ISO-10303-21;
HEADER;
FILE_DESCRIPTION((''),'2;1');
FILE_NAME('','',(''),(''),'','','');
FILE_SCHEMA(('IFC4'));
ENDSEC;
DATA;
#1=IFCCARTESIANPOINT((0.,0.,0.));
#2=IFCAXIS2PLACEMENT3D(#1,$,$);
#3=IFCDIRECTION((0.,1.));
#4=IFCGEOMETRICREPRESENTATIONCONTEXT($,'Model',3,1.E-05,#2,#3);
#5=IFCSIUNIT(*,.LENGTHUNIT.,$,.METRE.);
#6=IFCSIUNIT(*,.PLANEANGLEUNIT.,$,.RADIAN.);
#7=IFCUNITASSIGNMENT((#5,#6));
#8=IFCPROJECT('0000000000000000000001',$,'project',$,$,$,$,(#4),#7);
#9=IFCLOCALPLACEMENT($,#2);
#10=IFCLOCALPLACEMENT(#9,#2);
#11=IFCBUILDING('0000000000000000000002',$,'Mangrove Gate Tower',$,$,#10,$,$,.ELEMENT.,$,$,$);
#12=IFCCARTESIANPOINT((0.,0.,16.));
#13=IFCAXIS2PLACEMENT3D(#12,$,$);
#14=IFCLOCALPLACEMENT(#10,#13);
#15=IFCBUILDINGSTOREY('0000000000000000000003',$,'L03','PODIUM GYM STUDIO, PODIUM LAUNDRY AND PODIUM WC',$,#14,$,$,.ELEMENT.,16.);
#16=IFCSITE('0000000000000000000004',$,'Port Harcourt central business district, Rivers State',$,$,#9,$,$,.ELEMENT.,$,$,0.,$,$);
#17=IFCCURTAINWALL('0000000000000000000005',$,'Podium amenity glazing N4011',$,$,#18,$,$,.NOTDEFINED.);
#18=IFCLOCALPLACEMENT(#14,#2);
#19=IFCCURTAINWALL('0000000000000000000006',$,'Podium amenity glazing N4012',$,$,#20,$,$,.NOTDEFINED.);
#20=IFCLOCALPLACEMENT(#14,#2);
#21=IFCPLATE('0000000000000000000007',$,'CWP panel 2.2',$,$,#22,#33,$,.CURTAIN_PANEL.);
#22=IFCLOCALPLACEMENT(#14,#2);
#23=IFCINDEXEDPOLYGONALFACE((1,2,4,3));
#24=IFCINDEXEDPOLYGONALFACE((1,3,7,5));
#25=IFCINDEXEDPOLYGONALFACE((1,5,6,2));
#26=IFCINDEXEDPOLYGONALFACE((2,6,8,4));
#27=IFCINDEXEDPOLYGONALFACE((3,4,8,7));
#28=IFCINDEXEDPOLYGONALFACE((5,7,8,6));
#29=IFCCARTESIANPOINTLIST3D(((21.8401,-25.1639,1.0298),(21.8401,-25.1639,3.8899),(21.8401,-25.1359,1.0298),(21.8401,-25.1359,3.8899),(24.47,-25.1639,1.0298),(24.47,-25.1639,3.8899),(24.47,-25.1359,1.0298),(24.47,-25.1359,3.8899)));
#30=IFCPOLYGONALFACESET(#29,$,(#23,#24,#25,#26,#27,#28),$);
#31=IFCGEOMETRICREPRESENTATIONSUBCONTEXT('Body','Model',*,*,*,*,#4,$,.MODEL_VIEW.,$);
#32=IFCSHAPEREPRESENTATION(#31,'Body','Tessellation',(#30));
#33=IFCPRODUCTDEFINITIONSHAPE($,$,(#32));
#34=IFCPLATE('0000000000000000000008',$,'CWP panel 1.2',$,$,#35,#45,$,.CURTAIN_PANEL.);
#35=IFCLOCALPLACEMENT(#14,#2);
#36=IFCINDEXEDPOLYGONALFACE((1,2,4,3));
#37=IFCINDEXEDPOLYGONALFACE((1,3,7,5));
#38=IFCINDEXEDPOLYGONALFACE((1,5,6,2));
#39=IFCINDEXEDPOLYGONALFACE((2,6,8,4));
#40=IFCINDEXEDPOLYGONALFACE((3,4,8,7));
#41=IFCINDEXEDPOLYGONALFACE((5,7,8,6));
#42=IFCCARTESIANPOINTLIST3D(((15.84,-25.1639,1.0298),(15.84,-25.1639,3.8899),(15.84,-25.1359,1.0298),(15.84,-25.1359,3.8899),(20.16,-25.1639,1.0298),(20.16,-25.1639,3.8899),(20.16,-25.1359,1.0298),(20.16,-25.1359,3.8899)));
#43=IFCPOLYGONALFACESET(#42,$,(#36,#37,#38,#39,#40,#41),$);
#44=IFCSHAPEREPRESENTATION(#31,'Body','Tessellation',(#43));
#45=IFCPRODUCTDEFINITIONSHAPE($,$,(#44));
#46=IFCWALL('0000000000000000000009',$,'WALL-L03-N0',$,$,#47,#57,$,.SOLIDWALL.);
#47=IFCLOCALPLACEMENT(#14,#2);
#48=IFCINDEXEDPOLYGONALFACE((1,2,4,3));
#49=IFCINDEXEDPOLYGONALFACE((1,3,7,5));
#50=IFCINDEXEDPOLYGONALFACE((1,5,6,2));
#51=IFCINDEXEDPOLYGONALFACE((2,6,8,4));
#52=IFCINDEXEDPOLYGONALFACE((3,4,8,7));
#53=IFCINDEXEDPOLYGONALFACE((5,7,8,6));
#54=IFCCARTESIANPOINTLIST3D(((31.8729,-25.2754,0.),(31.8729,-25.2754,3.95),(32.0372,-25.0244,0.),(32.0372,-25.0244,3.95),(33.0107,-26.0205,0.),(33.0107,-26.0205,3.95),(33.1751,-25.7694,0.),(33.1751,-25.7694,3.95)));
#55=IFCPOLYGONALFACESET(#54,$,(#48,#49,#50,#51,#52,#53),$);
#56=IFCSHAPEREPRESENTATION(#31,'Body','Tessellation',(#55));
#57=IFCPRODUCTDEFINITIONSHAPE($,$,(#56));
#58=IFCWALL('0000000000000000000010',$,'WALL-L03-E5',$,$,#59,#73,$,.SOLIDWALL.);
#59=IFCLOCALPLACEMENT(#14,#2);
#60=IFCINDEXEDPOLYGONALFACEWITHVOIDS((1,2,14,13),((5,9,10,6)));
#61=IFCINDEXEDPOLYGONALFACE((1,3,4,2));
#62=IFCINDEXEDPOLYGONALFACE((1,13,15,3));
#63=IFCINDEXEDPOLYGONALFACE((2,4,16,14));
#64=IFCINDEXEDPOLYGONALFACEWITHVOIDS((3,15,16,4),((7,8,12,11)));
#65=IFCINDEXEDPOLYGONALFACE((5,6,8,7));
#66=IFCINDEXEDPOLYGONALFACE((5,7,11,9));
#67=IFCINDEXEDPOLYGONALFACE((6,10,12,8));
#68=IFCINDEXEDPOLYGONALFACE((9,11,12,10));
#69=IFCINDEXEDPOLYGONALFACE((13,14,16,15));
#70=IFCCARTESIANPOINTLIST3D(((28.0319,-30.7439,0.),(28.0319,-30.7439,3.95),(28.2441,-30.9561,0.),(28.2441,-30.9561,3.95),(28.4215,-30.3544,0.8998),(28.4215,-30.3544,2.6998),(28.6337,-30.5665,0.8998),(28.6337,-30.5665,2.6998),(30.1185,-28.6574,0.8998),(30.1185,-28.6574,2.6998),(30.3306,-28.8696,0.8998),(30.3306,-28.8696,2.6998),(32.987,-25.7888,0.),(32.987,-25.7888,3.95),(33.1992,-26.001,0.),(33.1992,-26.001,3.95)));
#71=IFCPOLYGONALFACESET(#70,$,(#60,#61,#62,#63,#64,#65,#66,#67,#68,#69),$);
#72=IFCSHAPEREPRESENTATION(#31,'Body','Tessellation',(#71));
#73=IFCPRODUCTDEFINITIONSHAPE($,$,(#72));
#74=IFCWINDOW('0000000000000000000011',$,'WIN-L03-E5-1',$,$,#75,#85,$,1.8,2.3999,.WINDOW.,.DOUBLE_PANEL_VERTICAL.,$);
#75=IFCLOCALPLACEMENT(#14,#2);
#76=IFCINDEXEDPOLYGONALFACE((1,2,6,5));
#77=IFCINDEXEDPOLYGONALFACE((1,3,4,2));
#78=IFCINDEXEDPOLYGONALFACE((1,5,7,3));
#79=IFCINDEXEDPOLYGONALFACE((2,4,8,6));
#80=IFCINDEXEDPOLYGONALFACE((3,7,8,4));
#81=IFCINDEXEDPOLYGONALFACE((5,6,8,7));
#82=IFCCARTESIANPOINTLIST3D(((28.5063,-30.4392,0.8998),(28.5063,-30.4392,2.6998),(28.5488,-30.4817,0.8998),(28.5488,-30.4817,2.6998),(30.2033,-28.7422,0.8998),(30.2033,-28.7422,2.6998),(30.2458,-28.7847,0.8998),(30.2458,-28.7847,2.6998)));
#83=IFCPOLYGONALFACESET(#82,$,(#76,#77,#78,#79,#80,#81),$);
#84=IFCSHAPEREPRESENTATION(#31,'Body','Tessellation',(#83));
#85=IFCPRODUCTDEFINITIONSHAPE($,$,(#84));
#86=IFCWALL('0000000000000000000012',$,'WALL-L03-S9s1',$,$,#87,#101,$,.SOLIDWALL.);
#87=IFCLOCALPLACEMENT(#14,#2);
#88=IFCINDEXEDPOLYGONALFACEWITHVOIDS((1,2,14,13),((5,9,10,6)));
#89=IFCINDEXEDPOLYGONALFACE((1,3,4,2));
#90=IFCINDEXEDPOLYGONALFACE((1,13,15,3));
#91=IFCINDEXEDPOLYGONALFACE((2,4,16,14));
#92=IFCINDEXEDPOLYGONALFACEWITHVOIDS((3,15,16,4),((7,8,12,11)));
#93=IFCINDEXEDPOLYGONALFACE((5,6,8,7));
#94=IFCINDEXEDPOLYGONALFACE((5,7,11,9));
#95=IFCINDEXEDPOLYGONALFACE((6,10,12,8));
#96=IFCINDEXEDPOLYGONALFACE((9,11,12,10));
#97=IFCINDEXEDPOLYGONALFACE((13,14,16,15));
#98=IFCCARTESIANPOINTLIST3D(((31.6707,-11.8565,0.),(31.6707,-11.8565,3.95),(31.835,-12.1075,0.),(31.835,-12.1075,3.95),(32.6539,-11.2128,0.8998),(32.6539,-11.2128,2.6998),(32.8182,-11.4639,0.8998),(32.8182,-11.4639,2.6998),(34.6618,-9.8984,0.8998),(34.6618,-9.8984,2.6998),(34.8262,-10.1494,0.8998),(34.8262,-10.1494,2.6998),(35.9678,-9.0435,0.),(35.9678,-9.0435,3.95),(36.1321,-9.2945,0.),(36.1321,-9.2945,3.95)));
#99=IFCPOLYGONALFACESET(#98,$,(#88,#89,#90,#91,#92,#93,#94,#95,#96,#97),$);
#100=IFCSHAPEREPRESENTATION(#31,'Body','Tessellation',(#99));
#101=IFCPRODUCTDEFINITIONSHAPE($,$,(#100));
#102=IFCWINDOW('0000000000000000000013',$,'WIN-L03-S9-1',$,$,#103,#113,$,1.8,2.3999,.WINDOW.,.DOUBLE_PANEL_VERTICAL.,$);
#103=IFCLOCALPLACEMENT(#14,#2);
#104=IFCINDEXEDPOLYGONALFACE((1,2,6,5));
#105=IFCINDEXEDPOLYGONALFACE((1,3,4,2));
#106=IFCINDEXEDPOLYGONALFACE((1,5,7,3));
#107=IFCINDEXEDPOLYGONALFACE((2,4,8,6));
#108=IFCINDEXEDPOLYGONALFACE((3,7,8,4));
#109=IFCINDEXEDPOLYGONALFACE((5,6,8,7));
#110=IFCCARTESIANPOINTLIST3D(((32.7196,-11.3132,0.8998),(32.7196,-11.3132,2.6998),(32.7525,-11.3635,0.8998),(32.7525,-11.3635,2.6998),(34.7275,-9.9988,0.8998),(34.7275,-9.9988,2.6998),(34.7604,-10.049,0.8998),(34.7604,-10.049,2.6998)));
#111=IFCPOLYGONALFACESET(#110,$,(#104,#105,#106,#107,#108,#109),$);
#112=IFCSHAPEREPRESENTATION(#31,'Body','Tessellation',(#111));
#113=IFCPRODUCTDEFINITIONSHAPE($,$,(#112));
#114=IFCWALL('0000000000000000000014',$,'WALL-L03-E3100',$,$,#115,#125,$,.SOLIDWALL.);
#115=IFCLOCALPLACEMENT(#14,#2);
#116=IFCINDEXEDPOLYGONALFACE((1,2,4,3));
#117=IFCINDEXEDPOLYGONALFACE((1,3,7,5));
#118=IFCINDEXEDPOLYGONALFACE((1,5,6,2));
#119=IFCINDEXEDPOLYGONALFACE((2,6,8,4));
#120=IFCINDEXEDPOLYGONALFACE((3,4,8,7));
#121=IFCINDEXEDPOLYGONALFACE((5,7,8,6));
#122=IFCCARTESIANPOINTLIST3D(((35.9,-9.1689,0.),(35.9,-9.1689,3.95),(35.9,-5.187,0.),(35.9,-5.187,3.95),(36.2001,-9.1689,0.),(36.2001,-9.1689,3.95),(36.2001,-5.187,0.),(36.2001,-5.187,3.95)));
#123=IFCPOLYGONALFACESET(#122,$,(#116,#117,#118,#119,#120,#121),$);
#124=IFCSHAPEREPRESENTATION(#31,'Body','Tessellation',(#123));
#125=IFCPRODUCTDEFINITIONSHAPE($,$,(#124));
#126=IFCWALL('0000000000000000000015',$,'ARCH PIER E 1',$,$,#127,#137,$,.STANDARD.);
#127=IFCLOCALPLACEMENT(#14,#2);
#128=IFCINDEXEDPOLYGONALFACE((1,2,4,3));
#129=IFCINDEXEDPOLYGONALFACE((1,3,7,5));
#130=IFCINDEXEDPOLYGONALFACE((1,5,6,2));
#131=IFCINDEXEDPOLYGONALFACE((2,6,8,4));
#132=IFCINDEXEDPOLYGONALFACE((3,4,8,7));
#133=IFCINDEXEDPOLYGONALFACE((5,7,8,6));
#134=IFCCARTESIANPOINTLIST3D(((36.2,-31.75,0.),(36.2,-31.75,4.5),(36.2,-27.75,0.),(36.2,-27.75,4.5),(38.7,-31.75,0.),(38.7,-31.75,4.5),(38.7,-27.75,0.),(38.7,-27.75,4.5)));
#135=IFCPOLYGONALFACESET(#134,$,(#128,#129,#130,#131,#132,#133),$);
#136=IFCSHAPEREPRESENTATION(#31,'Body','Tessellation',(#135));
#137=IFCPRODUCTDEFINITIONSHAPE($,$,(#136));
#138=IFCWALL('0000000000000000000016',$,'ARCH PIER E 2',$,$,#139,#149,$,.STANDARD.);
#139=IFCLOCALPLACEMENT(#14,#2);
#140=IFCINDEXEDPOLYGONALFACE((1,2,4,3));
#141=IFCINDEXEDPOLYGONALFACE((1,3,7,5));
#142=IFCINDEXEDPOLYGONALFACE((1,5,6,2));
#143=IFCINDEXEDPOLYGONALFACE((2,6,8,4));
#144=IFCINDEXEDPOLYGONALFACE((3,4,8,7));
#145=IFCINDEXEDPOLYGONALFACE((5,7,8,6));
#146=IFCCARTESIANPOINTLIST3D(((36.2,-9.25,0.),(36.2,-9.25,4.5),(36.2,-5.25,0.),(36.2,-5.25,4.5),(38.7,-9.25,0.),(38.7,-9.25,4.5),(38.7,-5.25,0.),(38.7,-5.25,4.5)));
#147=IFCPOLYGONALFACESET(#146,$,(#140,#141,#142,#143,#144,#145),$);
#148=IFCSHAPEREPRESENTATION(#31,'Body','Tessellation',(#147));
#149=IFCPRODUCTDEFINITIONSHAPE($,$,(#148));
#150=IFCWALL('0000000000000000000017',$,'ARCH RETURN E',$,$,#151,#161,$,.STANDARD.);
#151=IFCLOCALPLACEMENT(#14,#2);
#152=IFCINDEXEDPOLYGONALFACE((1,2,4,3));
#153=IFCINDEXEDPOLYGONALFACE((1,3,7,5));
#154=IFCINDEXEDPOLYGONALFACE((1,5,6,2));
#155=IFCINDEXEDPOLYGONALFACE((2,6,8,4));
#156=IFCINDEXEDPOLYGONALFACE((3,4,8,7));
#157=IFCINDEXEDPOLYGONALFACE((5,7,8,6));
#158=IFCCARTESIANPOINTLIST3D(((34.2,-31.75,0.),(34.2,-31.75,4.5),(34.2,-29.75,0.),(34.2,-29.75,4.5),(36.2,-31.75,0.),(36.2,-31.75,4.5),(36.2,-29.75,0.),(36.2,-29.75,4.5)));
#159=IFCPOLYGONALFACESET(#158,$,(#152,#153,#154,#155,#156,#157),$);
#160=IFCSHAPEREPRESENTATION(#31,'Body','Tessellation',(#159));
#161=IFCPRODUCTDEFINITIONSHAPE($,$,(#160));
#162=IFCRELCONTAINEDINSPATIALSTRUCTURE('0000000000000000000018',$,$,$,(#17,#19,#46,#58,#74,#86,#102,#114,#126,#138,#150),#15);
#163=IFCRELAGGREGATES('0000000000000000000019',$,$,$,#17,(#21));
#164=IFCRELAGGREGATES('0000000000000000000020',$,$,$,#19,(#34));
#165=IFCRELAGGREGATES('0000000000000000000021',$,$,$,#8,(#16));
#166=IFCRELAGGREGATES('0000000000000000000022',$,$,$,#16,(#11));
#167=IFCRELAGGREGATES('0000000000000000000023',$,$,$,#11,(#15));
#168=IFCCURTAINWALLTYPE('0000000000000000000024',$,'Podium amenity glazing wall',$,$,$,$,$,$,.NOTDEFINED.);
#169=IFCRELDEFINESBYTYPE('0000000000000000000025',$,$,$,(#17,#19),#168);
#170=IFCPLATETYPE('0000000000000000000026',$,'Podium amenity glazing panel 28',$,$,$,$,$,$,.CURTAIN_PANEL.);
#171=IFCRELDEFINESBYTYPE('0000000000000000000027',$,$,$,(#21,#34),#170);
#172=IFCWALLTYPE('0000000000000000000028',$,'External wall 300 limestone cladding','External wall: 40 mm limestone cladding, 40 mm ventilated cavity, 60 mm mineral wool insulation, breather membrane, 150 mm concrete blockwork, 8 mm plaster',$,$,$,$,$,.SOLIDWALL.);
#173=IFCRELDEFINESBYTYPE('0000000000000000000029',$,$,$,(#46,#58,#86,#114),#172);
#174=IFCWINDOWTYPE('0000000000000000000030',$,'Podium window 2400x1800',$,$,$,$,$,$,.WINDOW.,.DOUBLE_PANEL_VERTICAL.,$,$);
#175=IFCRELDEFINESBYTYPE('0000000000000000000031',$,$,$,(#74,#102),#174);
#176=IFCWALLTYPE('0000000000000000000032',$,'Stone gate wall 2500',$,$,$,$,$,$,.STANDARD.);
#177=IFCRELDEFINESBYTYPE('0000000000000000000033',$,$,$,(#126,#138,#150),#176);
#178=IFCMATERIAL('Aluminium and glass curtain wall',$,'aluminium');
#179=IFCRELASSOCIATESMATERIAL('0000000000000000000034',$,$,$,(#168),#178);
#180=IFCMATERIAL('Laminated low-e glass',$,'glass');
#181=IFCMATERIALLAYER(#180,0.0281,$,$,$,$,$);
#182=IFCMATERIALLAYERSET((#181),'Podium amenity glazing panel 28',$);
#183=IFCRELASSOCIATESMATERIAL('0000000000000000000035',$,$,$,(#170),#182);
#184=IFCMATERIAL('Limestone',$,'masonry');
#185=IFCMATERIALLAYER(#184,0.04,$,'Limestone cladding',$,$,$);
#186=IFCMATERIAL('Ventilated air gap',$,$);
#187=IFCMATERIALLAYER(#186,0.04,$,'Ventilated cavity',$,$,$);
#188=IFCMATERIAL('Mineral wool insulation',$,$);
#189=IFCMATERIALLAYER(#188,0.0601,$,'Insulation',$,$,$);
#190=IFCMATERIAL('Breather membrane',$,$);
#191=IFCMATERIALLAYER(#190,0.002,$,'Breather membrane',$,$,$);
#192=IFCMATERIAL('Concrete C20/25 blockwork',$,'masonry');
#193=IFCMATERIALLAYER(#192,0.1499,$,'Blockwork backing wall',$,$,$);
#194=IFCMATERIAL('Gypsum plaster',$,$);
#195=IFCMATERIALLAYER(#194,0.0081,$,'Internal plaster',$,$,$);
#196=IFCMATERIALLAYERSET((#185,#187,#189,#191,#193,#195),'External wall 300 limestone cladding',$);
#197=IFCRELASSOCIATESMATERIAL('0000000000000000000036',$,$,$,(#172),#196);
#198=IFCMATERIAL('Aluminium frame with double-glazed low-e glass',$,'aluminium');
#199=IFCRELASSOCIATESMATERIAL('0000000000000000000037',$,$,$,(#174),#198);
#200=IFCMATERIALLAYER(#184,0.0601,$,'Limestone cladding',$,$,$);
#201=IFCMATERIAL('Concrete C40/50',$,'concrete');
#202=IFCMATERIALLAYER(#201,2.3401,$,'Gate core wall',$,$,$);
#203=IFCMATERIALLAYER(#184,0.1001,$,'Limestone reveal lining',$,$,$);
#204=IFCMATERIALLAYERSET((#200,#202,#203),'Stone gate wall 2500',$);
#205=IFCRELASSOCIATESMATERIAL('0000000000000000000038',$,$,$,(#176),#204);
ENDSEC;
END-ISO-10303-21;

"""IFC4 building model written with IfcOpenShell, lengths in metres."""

from ifc_helpers import new_model, si_unit, direction, frame, frame_2d, origin, origin_2d, place, context, subcontext, project, spatial, rectangle, extrude, material, layer, layer_set, type_object, element, fill, aggregate, save


model = new_model("IFC4")

# Units and contexts
model_context = context("Model", 3, precision=1e-05, world=origin(), true_north=direction((0.0, 1.0)))
body_context = subcontext(model_context, "Body", "Model", "MODEL_VIEW")
ifc_project = project(units=[si_unit("LENGTHUNIT", "METRE"), si_unit("PLANEANGLEUNIT", "RADIAN")], contexts=[model_context])

# Site, building, storey
site_placement = place(None, origin())
site = spatial("IfcSite", under=ifc_project, at=site_placement, Name="Port Harcourt central business district, Rivers State", CompositionType="ELEMENT", RefElevation=0.0)
building_placement = place(site_placement, origin())
building = spatial("IfcBuilding", under=site, at=building_placement, Name="Mangrove Gate Tower", CompositionType="ELEMENT")
storey_placement = place(building_placement, frame((0.0, 0.0, 16.0)))
storey = spatial("IfcBuildingStorey", under=building, at=storey_placement, Name="L03", Description="PODIUM GYM STUDIO, PODIUM LAUNDRY AND PODIUM WC", CompositionType="ELEMENT", Elevation=16.0)

# Curtain wall
ifc_material_1 = material(Name="Aluminium and glass curtain wall", Category="aluminium")
curtain_wall_type = type_object("IfcCurtainWallType", Name="Podium amenity glazing wall", PredefinedType="NOTDEFINED", material=ifc_material_1)
curtain_wall_1_placement = place(storey_placement, origin())
curtain_wall_1 = element("IfcCurtainWall", 1, at=curtain_wall_1_placement, inside=storey, type_object=curtain_wall_type, Name="Podium amenity glazing N4011", PredefinedType="NOTDEFINED")

# Curtain wall
curtain_wall_2_placement = place(storey_placement, origin())
curtain_wall_2 = element("IfcCurtainWall", 2, at=curtain_wall_2_placement, inside=storey, type_object=curtain_wall_type, Name="Podium amenity glazing N4012", PredefinedType="NOTDEFINED")

# Plates
ifc_material_2 = material(Name="Laminated low-e glass", Category="glass")
ifc_layer_1 = layer(ifc_material_2, 0.0281)
ifc_layer_set_1 = layer_set([ifc_layer_1], Name="Podium amenity glazing panel 28")
plate_type_1 = type_object("IfcPlateType", Name="Podium amenity glazing panel 28", PredefinedType="CURTAIN_PANEL", material=ifc_layer_set_1)
plate_1_placement = place(storey_placement, frame((23.155, -25.1499, 1.0298), z_axis=(0.0, 0.0, 1.0), x_axis=(-1.0, 0.0, 0.0)))
plate_1 = element("IfcPlate", 3, at=plate_1_placement, type_object=plate_type_1, Name="CWP panel 2.2", PredefinedType="CURTAIN_PANEL", context=body_context, shape_type="SweptSolid", body=[
    extrude(rectangle(XDim=2.6299, YDim=0.0281, at=origin_2d()), origin(), (0.0, 0.0, 1.0), 2.8601),
])
aggregate(curtain_wall_1, [plate_1])
plate_2_placement = place(storey_placement, frame((18.0, -25.1499, 1.0298), z_axis=(0.0, 0.0, 1.0), x_axis=(-1.0, 0.0, 0.0)))
plate_2 = element("IfcPlate", 4, at=plate_2_placement, type_object=plate_type_1, Name="CWP panel 1.2", PredefinedType="CURTAIN_PANEL", context=body_context, shape_type="SweptSolid", body=[
    extrude(rectangle(XDim=4.3201, YDim=0.0281, at=origin_2d()), origin(), (0.0, 0.0, 1.0), 2.8601),
])
aggregate(curtain_wall_2, [plate_2])

# Wall
ifc_material_3 = material(Name="Limestone", Category="masonry")
ifc_layer_2 = layer(ifc_material_3, 0.04, Name="Limestone cladding")
ifc_material_4 = material(Name="Ventilated air gap")
ifc_layer_3 = layer(ifc_material_4, 0.04, Name="Ventilated cavity")
ifc_material_5 = material(Name="Mineral wool insulation")
ifc_layer_4 = layer(ifc_material_5, 0.0601, Name="Insulation")
ifc_material_6 = material(Name="Breather membrane")
ifc_layer_5 = layer(ifc_material_6, 0.002, Name="Breather membrane")
ifc_material_7 = material(Name="Concrete C20/25 blockwork", Category="masonry")
ifc_layer_6 = layer(ifc_material_7, 0.1499, Name="Blockwork backing wall")
ifc_material_8 = material(Name="Gypsum plaster")
ifc_layer_7 = layer(ifc_material_8, 0.0081, Name="Internal plaster")
ifc_layer_set_2 = layer_set([ifc_layer_2, ifc_layer_3, ifc_layer_4, ifc_layer_5, ifc_layer_6, ifc_layer_7], Name="External wall 300 limestone cladding")
wall_type_1 = type_object("IfcWallType", Name="External wall 300 limestone cladding", Description="External wall: 40 mm limestone cladding, 40 mm ventilated cavity, 60 mm mineral wool insulation, breather membrane, 150 mm concrete blockwork, 8 mm plaster", PredefinedType="SOLIDWALL", material=ifc_layer_set_2)
wall_1_placement = place(storey_placement, frame((33.093, -25.895, 0.0), z_axis=(0.0, 0.0, 1.0), x_axis=(-0.836606, 0.547805, 0.0)))
element("IfcWall", 5, at=wall_1_placement, inside=storey, type_object=wall_type_1, Name="WALL-L03-N0", PredefinedType="SOLIDWALL", context=body_context, shape_type="SweptSolid", body=[
    extrude(rectangle(XDim=1.3601, YDim=0.3, at=frame_2d((0.6802, 0.0))), origin(), (0.0, 0.0, 1.0), 3.95),
])

# Walls, openings, windows
wall_2_placement = place(storey_placement, frame((28.1379, -30.8501, 0.0), z_axis=(0.0, 0.0, 1.0), x_axis=(0.707107, 0.707107, 0.0)))
wall_2 = element("IfcWall", 6, at=wall_2_placement, inside=storey, type_object=wall_type_1, Name="WALL-L03-E5", PredefinedType="SOLIDWALL", context=body_context, shape_type="SweptSolid", body=[
    extrude(rectangle(XDim=7.0076, YDim=0.3, at=frame_2d((3.5039, 0.0))), origin(), (0.0, 0.0, 1.0), 3.95),
])
opening_1_placement = place(wall_2_placement, frame((0.551, 0.0, 0.8999)))
opening_1 = element("IfcOpeningElement", 7, at=opening_1_placement, cuts=wall_2, PredefinedType="OPENING", context=body_context, shape_type="SweptSolid", body=[
    extrude(rectangle(XDim=2.3999, YDim=1.8, at=frame_2d((1.2, 0.8999))), frame((0.0, 0.1599, 0.0), z_axis=(0.0, -1.0, 0.0), x_axis=(1.0, 0.0, 0.0)), (0.0, 0.0, 1.0), 0.3201),
])
ifc_material_9 = material(Name="Aluminium frame with double-glazed low-e glass", Category="aluminium")
window_type = type_object("IfcWindowType", Name="Podium window 2400x1800", PartitioningType="DOUBLE_PANEL_VERTICAL", PredefinedType="WINDOW", material=ifc_material_9)
window_1_placement = place(opening_1_placement, origin())
window_1 = element("IfcWindow", 8, at=window_1_placement, inside=storey, type_object=window_type, Name="WIN-L03-E5-1", OverallHeight=1.8, OverallWidth=2.3999, PartitioningType="DOUBLE_PANEL_VERTICAL", PredefinedType="WINDOW", context=body_context, shape_type="SweptSolid", body=[
    extrude(rectangle(XDim=2.3999, YDim=1.8, at=frame_2d((1.2, 0.8999))), frame((0.0, 0.03, 0.0), z_axis=(0.0, -1.0, 0.0), x_axis=(1.0, 0.0, 0.0)), (0.0, 0.0, 1.0), 0.0601),
])
fill(opening_1, window_1)
wall_3_placement = place(storey_placement, frame((31.7529, -11.9819, 0.0), z_axis=(0.0, 0.0, 1.0), x_axis=(0.836672, 0.547704, 0.0)))
wall_3 = element("IfcWall", 9, at=wall_3_placement, inside=storey, type_object=wall_type_1, Name="WALL-L03-S9s1", PredefinedType="SOLIDWALL", context=body_context, shape_type="SweptSolid", body=[
    extrude(rectangle(XDim=5.136, YDim=0.3, at=frame_2d((2.5679, 0.0))), origin(), (0.0, 0.0, 1.0), 3.95),
])
opening_2_placement = place(wall_3_placement, frame((1.175, 0.0, 0.8999)))
opening_2 = element("IfcOpeningElement", 10, at=opening_2_placement, cuts=wall_3, PredefinedType="OPENING", context=body_context, shape_type="SweptSolid", body=[
    extrude(rectangle(XDim=2.3999, YDim=1.8, at=frame_2d((1.2, 0.8999))), frame((0.0, 0.1599, 0.0), z_axis=(0.0, -1.0, 0.0), x_axis=(1.0, 0.0, 0.0)), (0.0, 0.0, 1.0), 0.3201),
])
window_2_placement = place(opening_2_placement, origin())
window_2 = element("IfcWindow", 11, at=window_2_placement, inside=storey, type_object=window_type, Name="WIN-L03-S9-1", OverallHeight=1.8, OverallWidth=2.3999, PartitioningType="DOUBLE_PANEL_VERTICAL", PredefinedType="WINDOW", context=body_context, shape_type="SweptSolid", body=[
    extrude(rectangle(XDim=2.3999, YDim=1.8, at=frame_2d((1.2, 0.8999))), frame((0.0, 0.03, 0.0), z_axis=(0.0, -1.0, 0.0), x_axis=(1.0, 0.0, 0.0)), (0.0, 0.0, 1.0), 0.0601),
])
fill(opening_2, window_2)

# Walls
wall_4_placement = place(storey_placement, frame((36.05, -9.1689, 0.0), z_axis=(0.0, 0.0, 1.0), x_axis=(0.0, 1.0, 0.0)))
element("IfcWall", 12, at=wall_4_placement, inside=storey, type_object=wall_type_1, Name="WALL-L03-E3100", PredefinedType="SOLIDWALL", context=body_context, shape_type="SweptSolid", body=[
    extrude(rectangle(XDim=3.9819, YDim=0.3, at=frame_2d((1.991, 0.0))), origin(), (0.0, 0.0, 1.0), 3.95),
])
ifc_layer_8 = layer(ifc_material_3, 0.0601, Name="Limestone cladding")
ifc_material_10 = material(Name="Concrete C40/50", Category="concrete")
ifc_layer_9 = layer(ifc_material_10, 2.3401, Name="Gate core wall")
ifc_layer_10 = layer(ifc_material_3, 0.1001, Name="Limestone reveal lining")
ifc_layer_set_3 = layer_set([ifc_layer_8, ifc_layer_9, ifc_layer_10], Name="Stone gate wall 2500")
wall_type_2 = type_object("IfcWallType", Name="Stone gate wall 2500", PredefinedType="STANDARD", material=ifc_layer_set_3)
for number, where, z_axis, x_axis, name in (
    (13, (37.45, -31.75, 0.0), (0.0, 0.0, 1.0), (0.0, 1.0, 0.0), "ARCH PIER E 1"),
    (14, (37.45, -9.25, 0.0), (0.0, 0.0, 1.0), (0.0, 1.0, 0.0), "ARCH PIER E 2"),
):
    element("IfcWall", number, at=place(storey_placement, frame(where, z_axis=z_axis, x_axis=x_axis)), inside=storey, type_object=wall_type_2, Name=name, PredefinedType="STANDARD", context=body_context, shape_type="SweptSolid", body=[
        extrude(rectangle(XDim=4.0, YDim=2.5, at=frame_2d((2.0, 0.0))), origin(), (0.0, 0.0, 1.0), 4.5),
    ])
wall_5_placement = place(storey_placement, frame((34.2, -30.75, 0.0), z_axis=(0.0, 0.0, 1.0), x_axis=(1.0, 0.0, 0.0)))
element("IfcWall", 15, at=wall_5_placement, inside=storey, type_object=wall_type_2, Name="ARCH RETURN E", PredefinedType="STANDARD", context=body_context, shape_type="SweptSolid", body=[
    extrude(rectangle(XDim=2.0, YDim=2.0, at=frame_2d((1.0, 0.0))), origin(), (0.0, 0.0, 1.0), 4.5),
])

save(model, "model.ifc")
